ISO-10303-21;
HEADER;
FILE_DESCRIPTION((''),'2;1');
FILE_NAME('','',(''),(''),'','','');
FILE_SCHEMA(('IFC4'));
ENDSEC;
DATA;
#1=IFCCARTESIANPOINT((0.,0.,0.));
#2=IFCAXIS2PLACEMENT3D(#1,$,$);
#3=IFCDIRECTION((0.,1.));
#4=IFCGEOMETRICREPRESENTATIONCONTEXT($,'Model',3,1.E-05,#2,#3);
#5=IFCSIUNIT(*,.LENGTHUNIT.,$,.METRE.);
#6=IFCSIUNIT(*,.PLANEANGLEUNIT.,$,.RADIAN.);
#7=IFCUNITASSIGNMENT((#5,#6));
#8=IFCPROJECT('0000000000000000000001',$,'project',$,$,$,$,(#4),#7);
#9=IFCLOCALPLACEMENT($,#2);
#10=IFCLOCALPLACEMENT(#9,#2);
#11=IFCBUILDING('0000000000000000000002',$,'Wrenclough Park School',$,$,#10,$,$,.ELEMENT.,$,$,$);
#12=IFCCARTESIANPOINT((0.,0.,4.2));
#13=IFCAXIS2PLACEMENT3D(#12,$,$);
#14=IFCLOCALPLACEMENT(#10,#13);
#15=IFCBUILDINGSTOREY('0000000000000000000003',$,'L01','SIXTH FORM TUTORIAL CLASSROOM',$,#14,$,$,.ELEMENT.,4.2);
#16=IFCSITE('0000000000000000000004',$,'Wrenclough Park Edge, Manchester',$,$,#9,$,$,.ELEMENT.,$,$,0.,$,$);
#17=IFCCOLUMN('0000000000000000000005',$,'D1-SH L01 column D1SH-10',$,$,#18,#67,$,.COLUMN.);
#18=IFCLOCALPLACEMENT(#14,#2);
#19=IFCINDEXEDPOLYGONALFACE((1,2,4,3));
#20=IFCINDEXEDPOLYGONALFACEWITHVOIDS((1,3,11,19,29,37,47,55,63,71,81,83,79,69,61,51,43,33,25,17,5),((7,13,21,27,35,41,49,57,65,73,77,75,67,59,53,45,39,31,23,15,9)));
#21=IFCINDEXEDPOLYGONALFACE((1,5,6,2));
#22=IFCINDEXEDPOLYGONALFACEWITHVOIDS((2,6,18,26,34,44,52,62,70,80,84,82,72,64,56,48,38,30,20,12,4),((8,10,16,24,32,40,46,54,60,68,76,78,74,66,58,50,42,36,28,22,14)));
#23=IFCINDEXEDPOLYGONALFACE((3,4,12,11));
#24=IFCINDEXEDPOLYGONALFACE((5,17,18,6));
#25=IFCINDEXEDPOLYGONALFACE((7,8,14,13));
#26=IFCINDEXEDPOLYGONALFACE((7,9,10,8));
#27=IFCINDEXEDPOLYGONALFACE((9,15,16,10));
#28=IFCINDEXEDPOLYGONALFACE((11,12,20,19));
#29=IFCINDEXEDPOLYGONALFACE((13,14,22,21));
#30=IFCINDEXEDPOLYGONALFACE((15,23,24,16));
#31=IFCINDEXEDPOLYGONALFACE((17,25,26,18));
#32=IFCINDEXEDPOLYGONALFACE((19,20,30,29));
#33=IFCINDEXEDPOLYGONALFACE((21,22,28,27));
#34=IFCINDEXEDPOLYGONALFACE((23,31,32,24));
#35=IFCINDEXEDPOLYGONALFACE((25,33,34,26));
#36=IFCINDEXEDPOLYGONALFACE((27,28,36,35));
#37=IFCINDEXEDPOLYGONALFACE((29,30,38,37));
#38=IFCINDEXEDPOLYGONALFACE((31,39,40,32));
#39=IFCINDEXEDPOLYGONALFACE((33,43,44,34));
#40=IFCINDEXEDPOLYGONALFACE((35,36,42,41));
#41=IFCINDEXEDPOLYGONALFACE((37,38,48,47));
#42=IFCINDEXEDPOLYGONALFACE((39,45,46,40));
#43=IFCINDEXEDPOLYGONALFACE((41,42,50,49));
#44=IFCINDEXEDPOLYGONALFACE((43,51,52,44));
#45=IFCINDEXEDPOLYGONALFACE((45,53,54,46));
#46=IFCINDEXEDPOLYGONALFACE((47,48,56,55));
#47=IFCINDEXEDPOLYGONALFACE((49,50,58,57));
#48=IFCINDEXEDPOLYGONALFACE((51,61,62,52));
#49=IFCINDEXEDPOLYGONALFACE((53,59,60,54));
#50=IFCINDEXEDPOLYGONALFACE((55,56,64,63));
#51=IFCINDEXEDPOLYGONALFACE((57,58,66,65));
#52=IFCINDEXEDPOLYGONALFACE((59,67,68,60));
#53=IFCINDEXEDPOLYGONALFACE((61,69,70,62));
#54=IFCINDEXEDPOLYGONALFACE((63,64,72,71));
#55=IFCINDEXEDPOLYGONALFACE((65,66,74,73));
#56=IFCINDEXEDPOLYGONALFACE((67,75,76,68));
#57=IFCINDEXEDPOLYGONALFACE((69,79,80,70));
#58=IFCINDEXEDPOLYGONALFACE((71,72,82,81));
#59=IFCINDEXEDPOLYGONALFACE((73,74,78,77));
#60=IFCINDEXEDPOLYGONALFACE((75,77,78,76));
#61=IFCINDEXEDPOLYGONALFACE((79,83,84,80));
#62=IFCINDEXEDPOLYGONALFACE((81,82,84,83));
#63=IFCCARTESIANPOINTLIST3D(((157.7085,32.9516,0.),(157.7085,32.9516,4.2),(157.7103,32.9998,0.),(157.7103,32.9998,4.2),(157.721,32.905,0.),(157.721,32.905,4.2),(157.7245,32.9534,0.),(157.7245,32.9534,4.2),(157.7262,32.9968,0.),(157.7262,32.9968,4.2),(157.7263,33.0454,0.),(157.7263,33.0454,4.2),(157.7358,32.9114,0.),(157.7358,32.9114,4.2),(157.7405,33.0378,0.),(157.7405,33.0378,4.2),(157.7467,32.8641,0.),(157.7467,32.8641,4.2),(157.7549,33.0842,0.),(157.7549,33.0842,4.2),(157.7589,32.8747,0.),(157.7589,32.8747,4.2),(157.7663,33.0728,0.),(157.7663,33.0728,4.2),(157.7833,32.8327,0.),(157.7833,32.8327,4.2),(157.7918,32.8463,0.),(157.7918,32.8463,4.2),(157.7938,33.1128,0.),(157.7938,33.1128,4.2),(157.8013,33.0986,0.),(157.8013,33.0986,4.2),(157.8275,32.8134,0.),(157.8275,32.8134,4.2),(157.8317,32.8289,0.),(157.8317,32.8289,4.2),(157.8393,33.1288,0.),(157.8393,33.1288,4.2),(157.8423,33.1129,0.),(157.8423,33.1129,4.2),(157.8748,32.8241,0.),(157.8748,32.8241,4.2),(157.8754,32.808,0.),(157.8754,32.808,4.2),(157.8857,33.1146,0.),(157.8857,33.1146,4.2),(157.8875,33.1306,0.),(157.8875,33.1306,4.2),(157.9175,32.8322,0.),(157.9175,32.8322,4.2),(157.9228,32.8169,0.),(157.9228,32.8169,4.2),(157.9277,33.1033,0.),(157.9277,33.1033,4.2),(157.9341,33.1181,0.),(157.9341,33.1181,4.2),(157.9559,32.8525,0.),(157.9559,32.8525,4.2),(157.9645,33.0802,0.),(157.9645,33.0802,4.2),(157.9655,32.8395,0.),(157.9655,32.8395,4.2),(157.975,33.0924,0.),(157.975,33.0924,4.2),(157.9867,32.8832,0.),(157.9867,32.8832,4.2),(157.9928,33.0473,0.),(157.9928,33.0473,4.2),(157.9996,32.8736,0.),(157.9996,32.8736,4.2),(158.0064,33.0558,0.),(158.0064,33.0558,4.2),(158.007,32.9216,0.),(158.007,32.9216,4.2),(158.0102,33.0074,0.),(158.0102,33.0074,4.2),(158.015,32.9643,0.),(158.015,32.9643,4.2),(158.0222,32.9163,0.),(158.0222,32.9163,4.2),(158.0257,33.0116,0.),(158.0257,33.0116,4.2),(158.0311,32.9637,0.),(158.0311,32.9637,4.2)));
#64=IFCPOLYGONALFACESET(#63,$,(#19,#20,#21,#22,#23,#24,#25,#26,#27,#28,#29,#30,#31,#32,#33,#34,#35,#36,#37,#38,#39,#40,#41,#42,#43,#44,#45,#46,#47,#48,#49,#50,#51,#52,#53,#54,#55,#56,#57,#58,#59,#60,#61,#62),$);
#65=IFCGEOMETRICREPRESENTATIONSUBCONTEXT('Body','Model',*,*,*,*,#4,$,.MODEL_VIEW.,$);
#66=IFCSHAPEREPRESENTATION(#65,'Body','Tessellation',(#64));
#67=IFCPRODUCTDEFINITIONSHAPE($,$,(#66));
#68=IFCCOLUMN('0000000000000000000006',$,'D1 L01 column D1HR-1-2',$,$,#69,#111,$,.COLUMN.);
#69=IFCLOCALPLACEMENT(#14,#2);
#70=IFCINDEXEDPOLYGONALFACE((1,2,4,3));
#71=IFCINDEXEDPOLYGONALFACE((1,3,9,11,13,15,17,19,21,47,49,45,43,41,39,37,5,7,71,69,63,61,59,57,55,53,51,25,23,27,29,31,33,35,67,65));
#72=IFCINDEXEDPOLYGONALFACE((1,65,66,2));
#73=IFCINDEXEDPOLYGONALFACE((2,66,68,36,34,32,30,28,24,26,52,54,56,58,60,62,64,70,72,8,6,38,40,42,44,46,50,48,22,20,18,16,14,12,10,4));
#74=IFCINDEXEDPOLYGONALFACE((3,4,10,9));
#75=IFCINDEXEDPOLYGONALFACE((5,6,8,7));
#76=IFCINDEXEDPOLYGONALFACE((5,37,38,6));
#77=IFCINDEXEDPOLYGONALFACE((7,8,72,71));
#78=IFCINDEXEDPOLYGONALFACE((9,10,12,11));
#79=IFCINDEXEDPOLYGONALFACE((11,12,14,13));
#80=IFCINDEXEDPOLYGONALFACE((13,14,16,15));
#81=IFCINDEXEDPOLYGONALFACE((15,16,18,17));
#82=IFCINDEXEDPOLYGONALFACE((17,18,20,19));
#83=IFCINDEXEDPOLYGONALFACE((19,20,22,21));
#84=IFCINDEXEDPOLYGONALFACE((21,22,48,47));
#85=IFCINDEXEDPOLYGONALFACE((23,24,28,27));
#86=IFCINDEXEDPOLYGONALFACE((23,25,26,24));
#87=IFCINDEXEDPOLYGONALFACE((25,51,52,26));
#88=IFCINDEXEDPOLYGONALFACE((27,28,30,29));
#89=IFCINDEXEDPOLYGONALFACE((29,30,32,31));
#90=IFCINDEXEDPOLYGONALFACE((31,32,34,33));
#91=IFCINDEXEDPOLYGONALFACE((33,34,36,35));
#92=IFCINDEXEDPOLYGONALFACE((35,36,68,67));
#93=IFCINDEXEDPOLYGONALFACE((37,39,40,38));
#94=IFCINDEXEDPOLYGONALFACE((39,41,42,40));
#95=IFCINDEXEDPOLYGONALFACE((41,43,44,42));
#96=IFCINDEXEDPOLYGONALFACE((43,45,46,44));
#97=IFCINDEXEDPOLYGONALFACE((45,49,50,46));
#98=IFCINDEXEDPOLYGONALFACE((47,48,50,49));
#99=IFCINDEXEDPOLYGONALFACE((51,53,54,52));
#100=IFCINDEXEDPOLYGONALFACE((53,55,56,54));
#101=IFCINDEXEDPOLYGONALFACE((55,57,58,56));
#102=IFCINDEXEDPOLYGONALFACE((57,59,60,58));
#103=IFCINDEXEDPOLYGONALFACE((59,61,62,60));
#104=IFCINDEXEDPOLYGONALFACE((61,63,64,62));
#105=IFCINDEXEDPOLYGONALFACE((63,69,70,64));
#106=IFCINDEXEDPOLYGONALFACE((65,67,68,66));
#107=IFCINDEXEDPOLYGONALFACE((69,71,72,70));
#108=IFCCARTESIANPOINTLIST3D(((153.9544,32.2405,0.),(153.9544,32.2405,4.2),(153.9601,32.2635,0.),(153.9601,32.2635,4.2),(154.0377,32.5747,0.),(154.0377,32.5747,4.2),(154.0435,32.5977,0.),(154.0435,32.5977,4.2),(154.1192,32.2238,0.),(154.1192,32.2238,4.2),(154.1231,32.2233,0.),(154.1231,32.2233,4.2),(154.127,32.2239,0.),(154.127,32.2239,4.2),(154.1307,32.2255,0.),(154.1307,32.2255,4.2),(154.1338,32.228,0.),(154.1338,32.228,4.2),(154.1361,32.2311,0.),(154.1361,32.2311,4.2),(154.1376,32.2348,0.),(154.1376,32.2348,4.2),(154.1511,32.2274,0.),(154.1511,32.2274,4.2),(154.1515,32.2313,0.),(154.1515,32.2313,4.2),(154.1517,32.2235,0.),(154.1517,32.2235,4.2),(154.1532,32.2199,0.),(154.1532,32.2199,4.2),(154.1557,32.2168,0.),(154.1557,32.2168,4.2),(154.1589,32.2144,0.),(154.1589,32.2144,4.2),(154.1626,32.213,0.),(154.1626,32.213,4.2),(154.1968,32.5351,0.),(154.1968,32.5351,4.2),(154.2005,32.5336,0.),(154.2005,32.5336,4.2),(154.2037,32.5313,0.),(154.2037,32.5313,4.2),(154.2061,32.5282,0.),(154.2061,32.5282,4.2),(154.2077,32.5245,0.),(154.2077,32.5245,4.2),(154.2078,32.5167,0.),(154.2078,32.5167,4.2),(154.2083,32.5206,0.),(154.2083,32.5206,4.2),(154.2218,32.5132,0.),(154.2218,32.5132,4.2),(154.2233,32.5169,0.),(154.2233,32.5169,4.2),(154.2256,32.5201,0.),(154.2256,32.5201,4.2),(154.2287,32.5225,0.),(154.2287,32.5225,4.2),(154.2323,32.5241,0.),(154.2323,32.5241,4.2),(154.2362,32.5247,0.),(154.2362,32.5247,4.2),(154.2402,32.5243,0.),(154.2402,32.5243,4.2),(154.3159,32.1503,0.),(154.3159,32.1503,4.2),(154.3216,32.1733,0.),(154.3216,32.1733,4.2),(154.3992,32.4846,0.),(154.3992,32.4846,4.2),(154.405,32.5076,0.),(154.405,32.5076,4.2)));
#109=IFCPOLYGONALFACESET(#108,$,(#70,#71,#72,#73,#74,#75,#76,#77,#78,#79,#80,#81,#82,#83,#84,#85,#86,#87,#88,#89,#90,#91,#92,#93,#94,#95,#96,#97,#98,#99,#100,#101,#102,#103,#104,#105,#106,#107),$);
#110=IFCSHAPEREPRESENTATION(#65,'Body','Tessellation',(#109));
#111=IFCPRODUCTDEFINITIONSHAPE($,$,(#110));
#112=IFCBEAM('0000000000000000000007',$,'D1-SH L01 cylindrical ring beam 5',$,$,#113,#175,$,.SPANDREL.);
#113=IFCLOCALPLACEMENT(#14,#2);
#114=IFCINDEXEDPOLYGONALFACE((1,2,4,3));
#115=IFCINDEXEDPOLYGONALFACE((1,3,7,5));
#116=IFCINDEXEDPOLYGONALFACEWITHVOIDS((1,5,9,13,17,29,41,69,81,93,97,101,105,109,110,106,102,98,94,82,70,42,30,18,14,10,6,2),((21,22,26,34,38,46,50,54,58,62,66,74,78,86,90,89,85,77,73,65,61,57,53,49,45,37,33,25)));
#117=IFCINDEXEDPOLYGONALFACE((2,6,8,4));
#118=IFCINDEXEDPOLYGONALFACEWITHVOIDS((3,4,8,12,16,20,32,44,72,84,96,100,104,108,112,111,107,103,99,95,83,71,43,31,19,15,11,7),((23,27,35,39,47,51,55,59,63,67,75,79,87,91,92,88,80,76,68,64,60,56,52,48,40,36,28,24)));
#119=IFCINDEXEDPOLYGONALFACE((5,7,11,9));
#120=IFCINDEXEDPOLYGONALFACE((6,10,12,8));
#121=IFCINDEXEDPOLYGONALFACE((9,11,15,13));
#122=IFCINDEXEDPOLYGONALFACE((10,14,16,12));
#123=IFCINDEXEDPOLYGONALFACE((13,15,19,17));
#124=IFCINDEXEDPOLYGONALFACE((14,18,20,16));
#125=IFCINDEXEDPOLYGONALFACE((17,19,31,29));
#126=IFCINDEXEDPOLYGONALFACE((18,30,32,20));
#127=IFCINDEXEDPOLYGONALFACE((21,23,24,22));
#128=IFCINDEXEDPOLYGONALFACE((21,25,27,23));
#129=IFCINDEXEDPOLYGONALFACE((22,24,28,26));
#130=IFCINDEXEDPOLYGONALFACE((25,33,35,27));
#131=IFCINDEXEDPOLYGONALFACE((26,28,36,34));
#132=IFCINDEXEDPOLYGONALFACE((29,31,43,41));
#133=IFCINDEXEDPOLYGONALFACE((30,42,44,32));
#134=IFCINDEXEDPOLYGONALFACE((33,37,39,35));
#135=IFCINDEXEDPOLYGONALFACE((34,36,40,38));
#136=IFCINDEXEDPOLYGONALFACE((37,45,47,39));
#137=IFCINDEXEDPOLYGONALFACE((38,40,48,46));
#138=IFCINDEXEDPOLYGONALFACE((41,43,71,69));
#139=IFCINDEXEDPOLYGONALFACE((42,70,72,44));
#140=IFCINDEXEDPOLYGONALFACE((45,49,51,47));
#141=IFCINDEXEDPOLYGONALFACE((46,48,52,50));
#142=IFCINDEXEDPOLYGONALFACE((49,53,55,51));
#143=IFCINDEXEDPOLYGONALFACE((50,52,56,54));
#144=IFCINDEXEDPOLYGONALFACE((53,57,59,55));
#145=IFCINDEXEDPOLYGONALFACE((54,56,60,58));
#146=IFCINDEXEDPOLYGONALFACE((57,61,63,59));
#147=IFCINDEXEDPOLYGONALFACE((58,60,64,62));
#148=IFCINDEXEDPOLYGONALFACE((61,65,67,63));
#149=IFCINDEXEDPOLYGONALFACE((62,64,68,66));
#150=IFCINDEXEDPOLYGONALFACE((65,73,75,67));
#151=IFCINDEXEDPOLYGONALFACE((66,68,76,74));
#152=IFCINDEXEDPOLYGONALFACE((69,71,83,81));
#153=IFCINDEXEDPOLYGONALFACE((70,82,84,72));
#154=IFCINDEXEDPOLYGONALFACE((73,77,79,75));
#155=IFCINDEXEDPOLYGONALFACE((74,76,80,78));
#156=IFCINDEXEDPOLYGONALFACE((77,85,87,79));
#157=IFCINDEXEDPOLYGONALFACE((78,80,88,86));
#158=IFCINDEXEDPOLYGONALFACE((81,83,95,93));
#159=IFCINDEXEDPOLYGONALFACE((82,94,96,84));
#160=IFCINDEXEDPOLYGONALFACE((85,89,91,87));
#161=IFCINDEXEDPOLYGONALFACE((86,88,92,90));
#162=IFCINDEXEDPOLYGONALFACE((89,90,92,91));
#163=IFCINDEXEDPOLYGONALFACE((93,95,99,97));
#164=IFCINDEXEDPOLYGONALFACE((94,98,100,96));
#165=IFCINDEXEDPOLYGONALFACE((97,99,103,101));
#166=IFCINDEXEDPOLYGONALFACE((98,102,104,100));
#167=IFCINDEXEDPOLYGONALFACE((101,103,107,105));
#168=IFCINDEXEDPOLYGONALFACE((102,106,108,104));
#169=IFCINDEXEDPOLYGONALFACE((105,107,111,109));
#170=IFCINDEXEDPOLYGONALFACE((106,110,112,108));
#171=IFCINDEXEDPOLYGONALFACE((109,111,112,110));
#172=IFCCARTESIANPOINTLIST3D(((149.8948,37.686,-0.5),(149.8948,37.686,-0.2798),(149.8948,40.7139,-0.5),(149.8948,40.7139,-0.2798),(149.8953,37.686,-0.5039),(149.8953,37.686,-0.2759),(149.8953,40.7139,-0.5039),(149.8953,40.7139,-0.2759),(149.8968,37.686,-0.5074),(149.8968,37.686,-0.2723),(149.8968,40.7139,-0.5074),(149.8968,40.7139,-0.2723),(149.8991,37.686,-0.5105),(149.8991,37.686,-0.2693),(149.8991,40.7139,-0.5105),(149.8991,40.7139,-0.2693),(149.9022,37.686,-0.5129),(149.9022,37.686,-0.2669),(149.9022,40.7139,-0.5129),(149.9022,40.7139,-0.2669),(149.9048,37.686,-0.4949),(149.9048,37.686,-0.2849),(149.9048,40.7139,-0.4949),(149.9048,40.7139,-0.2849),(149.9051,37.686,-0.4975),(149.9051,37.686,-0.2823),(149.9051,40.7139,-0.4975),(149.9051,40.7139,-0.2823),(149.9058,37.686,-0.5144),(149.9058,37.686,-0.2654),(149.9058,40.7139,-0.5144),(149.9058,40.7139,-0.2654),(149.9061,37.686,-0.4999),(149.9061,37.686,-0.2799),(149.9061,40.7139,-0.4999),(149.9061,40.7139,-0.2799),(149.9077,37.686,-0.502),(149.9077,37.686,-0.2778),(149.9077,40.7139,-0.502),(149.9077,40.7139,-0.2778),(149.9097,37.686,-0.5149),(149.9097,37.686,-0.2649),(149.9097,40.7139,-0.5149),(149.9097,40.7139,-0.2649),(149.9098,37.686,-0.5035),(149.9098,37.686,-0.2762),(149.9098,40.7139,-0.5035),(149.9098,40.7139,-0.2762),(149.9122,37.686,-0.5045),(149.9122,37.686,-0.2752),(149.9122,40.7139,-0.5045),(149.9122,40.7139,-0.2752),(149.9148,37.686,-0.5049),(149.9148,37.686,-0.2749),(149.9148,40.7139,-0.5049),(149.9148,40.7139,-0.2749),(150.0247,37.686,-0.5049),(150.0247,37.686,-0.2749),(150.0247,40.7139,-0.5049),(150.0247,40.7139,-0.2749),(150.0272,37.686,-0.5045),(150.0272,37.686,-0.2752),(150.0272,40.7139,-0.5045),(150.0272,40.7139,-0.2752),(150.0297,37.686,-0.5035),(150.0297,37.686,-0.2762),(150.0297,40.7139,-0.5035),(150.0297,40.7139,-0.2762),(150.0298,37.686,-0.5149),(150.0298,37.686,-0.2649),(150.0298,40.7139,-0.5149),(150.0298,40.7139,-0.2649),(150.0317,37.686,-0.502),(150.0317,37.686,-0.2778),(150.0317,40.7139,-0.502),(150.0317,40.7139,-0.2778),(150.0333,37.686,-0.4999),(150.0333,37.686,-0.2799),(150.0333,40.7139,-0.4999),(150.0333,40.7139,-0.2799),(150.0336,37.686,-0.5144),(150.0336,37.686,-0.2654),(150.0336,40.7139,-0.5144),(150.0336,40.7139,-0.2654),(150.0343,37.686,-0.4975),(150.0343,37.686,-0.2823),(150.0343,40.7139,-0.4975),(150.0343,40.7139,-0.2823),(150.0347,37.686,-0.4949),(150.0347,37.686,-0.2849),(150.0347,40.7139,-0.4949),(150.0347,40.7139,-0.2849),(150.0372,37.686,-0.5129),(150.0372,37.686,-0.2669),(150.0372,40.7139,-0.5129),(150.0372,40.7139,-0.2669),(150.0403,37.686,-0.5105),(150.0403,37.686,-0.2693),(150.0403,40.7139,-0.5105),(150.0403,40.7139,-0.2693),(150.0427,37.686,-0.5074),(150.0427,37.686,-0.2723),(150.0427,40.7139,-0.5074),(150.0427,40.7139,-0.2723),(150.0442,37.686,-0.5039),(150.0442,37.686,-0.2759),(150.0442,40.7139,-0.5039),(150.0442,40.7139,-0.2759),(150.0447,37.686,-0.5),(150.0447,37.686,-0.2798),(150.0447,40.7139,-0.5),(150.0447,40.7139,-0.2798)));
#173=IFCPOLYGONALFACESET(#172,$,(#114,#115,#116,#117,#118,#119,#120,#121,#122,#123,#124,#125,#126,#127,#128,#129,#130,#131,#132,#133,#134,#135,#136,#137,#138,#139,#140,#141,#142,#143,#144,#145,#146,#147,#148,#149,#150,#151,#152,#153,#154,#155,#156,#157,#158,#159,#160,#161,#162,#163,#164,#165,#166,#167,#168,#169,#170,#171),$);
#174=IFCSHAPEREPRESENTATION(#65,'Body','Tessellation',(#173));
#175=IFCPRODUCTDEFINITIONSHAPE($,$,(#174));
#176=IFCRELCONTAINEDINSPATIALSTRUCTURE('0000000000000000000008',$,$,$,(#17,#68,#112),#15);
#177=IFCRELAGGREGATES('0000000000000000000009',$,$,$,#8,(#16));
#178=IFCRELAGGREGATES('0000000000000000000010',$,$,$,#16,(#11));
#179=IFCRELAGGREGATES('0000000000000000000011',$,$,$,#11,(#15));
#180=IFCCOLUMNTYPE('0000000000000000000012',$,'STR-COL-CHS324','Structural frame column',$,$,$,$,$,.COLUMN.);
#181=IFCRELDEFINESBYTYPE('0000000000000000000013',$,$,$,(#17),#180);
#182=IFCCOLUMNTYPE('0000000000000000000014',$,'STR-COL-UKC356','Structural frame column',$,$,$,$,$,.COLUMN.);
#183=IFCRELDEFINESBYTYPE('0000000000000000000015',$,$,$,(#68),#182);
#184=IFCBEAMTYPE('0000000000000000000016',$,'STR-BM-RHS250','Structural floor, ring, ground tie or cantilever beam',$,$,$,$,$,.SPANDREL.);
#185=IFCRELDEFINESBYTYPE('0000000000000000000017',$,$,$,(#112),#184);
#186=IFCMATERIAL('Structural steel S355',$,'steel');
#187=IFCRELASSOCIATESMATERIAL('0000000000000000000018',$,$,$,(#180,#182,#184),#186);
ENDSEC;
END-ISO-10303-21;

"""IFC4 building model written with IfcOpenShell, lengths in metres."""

from ifc_helpers import new_model, si_unit, direction, frame, origin, origin_2d, place, context, subcontext, project, spatial, hollow_rectangle, hollow_circle, i_section, extrude, material, material_profile, profile_set, type_object, element, save


model = new_model("IFC4")

# Units and contexts
model_context = context("Model", 3, precision=1e-05, world=origin(), true_north=direction((0.0, 1.0)))
body_context = subcontext(model_context, "Body", "Model", "MODEL_VIEW")
ifc_project = project(units=[si_unit("LENGTHUNIT", "METRE"), si_unit("PLANEANGLEUNIT", "RADIAN")], contexts=[model_context])

# Site, building, storey
site_placement = place(None, origin())
site = spatial("IfcSite", under=ifc_project, at=site_placement, Name="Wrenclough Park Edge, Manchester", CompositionType="ELEMENT", RefElevation=0.0)
building_placement = place(site_placement, origin())
building = spatial("IfcBuilding", under=site, at=building_placement, Name="Wrenclough Park School", CompositionType="ELEMENT")
storey_placement = place(building_placement, frame((0.0, 0.0, 4.2)))
storey = spatial("IfcBuildingStorey", under=building, at=storey_placement, Name="L01", Description="SIXTH FORM TUTORIAL CLASSROOM", CompositionType="ELEMENT", Elevation=4.2)

# Columns
ifc_material_1 = material(Name="Structural steel S355", Category="steel")
ifc_material_profile_1 = material_profile(ifc_material_1, hollow_circle(Radius=0.1619, WallThickness=0.0161, at=origin_2d()), Name="CHS 323.9x16.0")
ifc_profile_set_1 = profile_set([ifc_material_profile_1], Name="Structural steel S355")
column_type_1 = type_object("IfcColumnType", Name="STR-COL-CHS324", Description="Structural frame column", PredefinedType="COLUMN", material=ifc_profile_set_1)
for number, where, z_axis, x_axis, name in (
    (1, (157.8694, 32.9697, 0.0), (0.0, 0.0, 1.0), (0.965926, 0.258819, 0.0), "D1-SH L01 column D1SH-10"),
):
    element("IfcColumn", number, at=place(storey_placement, frame(where, z_axis=z_axis, x_axis=x_axis)), inside=storey, type_object=column_type_1, Name=name, PredefinedType="COLUMN", context=body_context, shape_type="SweptSolid", body=[
        extrude(hollow_circle(Radius=0.1619, WallThickness=0.0161, at=origin_2d()), origin(), (0.0, 0.0, 1.0), 4.2),
    ])
ifc_material_profile_2 = material_profile(ifc_material_1, i_section(OverallWidth=0.3726, OverallDepth=0.3682, WebThickness=0.0144, FlangeThickness=0.0237, FilletRadius=0.0151, at=origin_2d()), Name="UKC 356x368x177")
ifc_profile_set_2 = profile_set([ifc_material_profile_2], Name="Structural steel S355")
column_type_2 = type_object("IfcColumnType", Name="STR-COL-UKC356", Description="Structural frame column", PredefinedType="COLUMN", material=ifc_profile_set_2)
column_placement = place(storey_placement, frame((154.1797, 32.374, 0.0), z_axis=(0.0, 0.0, 1.0), x_axis=(0.970296, -0.241922, 0.0)))
element("IfcColumn", 2, at=column_placement, inside=storey, type_object=column_type_2, Name="D1 L01 column D1HR-1-2", PredefinedType="COLUMN", context=body_context, shape_type="SweptSolid", body=[
    extrude(i_section(OverallWidth=0.3726, OverallDepth=0.3682, WebThickness=0.0144, FlangeThickness=0.0237, FilletRadius=0.0151, at=origin_2d()), origin(), (0.0, 0.0, 1.0), 4.2),
])

# Beam
ifc_material_profile_3 = material_profile(ifc_material_1, hollow_rectangle(XDim=0.1499, YDim=0.25, WallThickness=0.01, InnerFilletRadius=0.01, OuterFilletRadius=0.0149, at=origin_2d()), Name="RHS 250x150x10.0")
ifc_profile_set_3 = profile_set([ifc_material_profile_3], Name="Structural steel S355")
beam_type_1 = type_object("IfcBeamType", Name="STR-BM-RHS250", Description="Structural floor, ring, ground tie or cantilever beam", PredefinedType="SPANDREL", material=ifc_profile_set_3)
for number, where, z_axis, x_axis, name in (
    (3, (149.9697, 40.7139, -0.3899), (0.0, -1.0, 0.0), (1.0, 0.0, 0.0), "D1-SH L01 cylindrical ring beam 5"),
):
    element("IfcBeam", number, at=place(storey_placement, frame(where, z_axis=z_axis, x_axis=x_axis)), inside=storey, type_object=beam_type_1, Name=name, PredefinedType="SPANDREL", context=body_context, shape_type="SweptSolid", body=[
        extrude(hollow_rectangle(XDim=0.1499, YDim=0.25, WallThickness=0.01, InnerFilletRadius=0.01, OuterFilletRadius=0.0149, at=origin_2d()), origin(), (0.0, 0.0, 1.0), 3.0278),
    ])

save(model, "model.ifc")
